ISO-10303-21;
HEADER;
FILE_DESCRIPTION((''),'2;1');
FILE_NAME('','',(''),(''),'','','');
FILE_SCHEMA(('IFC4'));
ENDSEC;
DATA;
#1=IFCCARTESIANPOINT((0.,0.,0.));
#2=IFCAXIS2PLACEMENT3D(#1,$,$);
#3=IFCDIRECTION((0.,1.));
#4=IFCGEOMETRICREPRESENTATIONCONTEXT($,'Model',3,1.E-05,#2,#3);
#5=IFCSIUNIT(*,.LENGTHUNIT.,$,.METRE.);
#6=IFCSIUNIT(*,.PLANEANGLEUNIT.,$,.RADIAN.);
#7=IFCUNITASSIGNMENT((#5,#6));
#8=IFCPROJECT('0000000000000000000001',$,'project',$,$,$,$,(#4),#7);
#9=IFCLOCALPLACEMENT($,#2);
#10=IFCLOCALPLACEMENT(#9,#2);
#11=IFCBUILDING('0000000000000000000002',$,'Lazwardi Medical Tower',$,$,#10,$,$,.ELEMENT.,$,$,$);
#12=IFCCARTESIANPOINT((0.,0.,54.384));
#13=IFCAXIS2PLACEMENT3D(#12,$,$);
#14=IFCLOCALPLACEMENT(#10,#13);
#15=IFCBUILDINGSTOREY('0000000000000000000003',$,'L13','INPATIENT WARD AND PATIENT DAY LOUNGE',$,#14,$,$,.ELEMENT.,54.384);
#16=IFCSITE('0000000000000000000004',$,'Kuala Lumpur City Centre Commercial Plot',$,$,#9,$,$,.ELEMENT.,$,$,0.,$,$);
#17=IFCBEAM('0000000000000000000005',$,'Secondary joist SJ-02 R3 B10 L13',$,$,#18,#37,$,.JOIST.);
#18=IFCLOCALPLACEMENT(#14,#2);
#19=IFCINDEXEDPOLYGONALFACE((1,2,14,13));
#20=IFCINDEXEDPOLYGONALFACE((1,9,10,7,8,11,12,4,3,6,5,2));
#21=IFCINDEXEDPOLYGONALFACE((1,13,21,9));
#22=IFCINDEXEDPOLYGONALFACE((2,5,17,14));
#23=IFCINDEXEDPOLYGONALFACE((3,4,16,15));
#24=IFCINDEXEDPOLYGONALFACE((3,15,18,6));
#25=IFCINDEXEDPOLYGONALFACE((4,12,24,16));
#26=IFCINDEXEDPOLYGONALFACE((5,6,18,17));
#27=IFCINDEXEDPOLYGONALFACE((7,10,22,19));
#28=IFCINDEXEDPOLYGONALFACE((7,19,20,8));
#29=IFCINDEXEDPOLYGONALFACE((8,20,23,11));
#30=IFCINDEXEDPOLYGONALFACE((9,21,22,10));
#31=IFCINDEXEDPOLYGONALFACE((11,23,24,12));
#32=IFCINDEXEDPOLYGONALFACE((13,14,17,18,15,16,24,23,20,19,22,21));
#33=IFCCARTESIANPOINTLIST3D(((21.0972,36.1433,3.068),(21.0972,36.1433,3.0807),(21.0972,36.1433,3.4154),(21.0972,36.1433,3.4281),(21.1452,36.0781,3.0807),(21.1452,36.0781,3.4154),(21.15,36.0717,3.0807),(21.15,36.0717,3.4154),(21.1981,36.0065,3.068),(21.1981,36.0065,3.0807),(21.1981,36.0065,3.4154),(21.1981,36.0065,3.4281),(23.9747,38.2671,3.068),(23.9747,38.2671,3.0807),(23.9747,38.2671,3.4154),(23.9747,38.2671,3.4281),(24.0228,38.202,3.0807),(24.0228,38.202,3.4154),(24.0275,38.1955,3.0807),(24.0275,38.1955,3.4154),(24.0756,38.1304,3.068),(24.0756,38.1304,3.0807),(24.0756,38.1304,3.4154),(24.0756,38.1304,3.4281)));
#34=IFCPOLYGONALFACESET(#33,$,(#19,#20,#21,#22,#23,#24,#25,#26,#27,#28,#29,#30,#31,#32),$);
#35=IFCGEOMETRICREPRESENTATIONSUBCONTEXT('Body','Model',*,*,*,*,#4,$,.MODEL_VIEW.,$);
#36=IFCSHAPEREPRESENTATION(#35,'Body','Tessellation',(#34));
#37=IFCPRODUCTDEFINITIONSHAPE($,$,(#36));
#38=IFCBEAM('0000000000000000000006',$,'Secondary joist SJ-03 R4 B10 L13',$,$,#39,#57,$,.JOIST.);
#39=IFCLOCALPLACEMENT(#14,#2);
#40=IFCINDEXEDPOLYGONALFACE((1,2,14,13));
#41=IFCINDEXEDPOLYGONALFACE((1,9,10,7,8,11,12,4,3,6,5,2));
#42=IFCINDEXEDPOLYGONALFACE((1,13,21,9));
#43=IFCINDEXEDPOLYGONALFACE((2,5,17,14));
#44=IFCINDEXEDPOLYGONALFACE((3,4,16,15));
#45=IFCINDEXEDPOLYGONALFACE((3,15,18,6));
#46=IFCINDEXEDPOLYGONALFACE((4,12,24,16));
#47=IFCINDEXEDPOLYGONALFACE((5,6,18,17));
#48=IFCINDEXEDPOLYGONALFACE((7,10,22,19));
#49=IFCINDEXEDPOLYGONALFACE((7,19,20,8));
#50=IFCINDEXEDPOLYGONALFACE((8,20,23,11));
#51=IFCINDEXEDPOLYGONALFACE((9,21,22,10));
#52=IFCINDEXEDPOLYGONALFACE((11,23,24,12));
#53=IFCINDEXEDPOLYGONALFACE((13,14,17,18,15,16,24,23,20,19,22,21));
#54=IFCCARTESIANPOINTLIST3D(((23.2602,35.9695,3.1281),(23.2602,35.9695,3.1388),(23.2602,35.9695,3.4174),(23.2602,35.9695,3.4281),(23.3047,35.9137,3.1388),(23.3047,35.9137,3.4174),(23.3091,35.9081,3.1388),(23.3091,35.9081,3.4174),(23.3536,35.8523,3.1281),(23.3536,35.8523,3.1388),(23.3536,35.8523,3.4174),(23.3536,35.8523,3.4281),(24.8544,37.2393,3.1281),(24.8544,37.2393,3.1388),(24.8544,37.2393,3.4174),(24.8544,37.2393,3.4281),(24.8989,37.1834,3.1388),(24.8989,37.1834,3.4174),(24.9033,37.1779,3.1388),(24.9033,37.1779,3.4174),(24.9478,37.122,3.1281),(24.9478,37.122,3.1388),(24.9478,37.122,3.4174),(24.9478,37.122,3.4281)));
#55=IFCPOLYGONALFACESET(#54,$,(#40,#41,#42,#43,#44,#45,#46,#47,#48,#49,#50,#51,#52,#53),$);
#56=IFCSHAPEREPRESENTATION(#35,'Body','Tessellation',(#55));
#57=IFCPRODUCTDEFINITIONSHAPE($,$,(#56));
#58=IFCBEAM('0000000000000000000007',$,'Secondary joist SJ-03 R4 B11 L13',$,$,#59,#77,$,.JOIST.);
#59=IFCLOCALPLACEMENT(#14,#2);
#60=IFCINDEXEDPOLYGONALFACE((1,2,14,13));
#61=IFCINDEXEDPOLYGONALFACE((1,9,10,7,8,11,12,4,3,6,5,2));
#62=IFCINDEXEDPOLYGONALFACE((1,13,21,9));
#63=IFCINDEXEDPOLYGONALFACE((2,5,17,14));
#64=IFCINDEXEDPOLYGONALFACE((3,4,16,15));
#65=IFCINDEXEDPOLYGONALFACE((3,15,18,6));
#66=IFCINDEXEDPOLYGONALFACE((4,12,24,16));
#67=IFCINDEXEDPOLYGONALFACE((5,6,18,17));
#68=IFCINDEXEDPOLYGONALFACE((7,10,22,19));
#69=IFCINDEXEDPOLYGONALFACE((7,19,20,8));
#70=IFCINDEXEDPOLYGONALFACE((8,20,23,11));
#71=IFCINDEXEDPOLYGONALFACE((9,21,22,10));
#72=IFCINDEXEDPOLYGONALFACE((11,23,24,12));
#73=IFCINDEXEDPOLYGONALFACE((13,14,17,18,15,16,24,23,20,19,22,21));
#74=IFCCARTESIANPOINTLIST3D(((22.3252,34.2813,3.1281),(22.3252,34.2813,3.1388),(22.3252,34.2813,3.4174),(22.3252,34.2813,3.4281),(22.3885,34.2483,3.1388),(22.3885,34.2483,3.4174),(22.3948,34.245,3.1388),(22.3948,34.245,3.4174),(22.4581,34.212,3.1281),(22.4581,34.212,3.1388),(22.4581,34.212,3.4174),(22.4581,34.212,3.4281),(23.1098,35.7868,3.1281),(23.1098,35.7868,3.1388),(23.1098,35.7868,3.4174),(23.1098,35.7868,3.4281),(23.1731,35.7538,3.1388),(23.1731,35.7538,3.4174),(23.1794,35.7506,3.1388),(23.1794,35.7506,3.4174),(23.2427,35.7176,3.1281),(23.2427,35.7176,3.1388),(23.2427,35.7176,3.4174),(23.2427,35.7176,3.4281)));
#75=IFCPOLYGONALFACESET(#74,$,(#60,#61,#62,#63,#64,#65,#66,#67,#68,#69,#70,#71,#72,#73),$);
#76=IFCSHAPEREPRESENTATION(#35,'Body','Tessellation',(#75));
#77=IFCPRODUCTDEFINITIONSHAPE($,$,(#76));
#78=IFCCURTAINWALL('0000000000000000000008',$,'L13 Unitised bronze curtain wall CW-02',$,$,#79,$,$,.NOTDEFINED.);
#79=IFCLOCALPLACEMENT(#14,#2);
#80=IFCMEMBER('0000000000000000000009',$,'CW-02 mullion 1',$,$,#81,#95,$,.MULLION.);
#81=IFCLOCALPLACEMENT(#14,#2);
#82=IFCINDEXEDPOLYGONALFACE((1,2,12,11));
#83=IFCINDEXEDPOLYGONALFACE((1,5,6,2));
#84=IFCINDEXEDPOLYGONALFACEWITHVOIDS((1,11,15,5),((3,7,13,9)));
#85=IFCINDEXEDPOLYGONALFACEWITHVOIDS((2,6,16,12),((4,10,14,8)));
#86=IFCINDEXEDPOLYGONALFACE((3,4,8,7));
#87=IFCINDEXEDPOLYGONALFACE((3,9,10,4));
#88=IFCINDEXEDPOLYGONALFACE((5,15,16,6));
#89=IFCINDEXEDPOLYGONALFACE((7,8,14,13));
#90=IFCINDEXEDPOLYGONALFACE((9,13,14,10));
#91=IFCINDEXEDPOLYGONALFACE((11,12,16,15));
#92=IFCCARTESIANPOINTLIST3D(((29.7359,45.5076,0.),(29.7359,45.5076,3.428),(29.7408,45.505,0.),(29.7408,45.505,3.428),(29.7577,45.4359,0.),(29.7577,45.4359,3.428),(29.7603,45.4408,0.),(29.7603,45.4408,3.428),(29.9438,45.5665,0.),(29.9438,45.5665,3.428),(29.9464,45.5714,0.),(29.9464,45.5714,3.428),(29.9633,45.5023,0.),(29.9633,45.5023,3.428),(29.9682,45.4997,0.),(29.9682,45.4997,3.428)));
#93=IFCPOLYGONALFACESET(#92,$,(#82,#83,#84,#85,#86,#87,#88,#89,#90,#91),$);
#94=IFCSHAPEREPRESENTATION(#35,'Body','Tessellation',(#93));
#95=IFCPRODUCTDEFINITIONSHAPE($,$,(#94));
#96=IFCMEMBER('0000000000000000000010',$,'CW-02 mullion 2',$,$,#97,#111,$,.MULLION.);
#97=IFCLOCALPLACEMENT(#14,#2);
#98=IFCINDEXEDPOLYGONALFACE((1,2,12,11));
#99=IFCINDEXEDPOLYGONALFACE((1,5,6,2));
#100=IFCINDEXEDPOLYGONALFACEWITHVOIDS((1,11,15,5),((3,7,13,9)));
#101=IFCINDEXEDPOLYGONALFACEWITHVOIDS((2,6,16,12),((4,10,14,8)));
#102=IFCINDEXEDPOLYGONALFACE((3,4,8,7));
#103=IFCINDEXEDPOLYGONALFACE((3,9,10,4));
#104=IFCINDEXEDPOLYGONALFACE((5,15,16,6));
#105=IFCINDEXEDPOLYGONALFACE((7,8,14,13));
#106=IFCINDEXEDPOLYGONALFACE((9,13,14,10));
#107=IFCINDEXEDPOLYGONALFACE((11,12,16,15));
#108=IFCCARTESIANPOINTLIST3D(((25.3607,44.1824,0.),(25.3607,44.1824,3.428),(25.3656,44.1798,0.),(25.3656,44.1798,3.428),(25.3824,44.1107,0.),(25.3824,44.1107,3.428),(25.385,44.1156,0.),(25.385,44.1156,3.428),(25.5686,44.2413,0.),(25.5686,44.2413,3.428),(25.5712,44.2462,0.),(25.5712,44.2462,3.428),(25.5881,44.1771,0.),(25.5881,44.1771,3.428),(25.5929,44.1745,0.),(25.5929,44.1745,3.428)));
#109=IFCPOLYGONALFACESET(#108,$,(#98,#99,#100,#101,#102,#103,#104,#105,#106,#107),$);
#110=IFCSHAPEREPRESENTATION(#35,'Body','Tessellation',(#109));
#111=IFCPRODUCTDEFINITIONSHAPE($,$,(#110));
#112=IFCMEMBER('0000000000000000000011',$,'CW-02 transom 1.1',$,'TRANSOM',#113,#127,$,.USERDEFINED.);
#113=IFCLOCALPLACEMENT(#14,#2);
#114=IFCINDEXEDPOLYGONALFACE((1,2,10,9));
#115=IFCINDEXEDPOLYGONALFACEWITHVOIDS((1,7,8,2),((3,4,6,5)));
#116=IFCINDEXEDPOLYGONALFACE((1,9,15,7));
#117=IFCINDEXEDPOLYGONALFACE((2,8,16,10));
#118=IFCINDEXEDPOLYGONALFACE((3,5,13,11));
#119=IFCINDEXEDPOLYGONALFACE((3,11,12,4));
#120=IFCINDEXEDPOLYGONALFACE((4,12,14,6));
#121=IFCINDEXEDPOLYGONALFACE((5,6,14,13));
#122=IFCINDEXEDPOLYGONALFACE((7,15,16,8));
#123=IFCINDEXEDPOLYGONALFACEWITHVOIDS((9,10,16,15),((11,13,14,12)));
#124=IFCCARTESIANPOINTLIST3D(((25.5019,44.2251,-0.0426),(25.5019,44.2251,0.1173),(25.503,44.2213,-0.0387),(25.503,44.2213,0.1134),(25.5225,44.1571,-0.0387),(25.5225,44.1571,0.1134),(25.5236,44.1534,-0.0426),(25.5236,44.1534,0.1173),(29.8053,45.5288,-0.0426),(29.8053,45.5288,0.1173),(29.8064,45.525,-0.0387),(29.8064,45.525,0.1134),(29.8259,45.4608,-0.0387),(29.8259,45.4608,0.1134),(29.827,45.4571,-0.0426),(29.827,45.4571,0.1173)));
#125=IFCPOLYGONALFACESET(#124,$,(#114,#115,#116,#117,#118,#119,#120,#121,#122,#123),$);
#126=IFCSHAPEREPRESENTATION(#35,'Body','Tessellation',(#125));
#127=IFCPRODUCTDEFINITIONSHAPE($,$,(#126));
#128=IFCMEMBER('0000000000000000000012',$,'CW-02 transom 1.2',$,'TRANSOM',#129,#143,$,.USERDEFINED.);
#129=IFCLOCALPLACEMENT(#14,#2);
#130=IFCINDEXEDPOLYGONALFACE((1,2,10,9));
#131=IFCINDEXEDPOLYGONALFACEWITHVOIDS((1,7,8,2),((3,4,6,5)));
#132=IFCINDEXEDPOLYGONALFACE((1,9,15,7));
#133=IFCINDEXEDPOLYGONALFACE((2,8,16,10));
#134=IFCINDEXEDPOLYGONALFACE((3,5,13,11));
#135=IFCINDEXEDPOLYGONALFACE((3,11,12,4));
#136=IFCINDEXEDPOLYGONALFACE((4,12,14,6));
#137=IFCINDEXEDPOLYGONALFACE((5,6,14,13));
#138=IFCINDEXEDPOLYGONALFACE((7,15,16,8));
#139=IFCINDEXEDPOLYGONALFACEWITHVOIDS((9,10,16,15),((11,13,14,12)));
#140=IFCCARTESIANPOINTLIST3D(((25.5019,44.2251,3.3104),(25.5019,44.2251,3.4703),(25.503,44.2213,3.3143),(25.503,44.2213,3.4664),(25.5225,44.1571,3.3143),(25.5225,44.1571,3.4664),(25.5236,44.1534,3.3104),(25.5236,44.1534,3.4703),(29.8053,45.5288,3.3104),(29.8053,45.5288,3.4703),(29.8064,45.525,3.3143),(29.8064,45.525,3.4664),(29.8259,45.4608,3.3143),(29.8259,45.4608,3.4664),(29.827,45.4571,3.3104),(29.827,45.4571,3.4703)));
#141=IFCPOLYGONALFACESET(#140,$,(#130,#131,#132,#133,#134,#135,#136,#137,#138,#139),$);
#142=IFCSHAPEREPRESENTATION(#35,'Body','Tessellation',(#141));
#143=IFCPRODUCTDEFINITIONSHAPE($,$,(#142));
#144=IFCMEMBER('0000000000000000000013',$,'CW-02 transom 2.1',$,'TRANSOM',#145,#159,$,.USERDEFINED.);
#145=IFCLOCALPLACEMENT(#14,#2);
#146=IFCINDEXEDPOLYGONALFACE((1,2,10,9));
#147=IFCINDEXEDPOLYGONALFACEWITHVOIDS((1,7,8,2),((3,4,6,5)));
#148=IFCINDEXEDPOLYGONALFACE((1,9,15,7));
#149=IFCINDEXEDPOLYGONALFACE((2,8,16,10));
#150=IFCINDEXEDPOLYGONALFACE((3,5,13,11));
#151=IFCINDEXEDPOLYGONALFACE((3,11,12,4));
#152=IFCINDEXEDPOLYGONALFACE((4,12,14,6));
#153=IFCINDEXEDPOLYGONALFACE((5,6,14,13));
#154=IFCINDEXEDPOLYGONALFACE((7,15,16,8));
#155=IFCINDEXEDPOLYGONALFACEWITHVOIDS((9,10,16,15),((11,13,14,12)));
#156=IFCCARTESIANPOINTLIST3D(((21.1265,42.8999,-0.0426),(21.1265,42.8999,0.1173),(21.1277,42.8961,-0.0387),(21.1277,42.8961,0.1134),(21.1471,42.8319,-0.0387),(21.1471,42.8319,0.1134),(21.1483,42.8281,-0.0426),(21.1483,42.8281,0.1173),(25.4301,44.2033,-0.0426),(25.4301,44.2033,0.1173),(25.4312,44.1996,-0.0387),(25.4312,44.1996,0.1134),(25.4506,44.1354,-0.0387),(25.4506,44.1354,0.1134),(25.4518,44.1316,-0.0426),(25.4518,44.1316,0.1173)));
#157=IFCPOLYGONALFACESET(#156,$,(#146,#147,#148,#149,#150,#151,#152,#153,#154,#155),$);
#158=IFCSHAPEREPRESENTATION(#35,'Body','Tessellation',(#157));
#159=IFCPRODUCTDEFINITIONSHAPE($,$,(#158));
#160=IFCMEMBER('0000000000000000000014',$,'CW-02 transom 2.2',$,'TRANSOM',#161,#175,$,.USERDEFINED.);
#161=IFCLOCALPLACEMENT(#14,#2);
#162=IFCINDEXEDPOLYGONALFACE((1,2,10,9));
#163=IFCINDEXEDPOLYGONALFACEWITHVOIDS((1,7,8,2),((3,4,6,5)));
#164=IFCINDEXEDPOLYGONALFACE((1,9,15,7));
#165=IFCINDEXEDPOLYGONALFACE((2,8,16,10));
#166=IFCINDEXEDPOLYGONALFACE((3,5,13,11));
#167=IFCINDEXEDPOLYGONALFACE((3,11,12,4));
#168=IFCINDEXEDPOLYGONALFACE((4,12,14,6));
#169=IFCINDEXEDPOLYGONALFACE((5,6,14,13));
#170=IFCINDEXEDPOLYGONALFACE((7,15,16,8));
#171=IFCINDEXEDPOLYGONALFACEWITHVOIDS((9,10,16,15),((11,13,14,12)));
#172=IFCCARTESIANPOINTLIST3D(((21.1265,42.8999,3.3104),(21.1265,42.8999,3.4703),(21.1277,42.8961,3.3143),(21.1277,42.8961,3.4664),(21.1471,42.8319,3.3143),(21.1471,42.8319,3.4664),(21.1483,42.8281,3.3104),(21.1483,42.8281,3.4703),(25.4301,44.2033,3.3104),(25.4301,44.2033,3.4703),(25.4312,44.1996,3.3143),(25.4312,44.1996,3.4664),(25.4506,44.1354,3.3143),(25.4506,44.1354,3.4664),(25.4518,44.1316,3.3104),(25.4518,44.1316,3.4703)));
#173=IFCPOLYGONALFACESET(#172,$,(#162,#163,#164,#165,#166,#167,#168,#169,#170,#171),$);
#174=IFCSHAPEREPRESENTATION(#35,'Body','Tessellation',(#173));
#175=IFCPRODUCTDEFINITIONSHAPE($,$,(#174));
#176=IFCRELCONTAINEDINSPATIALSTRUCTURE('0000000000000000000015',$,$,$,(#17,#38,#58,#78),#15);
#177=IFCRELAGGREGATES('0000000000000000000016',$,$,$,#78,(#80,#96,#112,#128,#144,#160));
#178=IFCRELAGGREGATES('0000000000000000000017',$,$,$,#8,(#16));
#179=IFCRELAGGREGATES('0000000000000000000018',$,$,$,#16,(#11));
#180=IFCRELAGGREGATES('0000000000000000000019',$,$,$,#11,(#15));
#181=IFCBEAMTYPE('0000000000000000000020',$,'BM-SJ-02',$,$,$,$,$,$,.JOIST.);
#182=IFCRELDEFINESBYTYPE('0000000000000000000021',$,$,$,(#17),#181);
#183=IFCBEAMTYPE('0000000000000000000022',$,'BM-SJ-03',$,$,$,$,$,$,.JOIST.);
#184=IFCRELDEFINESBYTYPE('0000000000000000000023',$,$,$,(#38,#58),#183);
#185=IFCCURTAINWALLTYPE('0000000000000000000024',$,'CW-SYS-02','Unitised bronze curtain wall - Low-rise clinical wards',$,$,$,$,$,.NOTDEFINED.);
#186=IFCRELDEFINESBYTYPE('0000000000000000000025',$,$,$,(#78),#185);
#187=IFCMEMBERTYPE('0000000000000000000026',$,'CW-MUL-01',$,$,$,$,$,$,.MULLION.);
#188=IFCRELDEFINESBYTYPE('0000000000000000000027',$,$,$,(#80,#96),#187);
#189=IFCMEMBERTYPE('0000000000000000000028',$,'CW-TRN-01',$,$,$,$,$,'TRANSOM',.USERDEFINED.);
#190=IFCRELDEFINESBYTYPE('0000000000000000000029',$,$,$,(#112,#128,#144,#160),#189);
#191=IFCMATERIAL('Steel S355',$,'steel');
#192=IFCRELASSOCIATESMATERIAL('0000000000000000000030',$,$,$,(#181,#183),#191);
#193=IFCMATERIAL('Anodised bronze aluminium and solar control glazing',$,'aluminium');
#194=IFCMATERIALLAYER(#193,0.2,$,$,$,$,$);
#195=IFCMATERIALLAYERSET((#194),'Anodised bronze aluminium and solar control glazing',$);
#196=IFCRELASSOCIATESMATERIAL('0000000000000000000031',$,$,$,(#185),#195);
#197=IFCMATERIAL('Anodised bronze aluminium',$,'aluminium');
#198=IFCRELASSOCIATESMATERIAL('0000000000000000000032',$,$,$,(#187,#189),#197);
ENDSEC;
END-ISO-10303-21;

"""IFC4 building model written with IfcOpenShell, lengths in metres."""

from ifc_helpers import new_model, si_unit, direction, frame, origin, origin_2d, place, context, subcontext, project, spatial, hollow_rectangle, i_section, extrude, material, layer, layer_set, material_profile, profile_set, type_object, element, aggregate, save


model = new_model("IFC4")

# Units and contexts
model_context = context("Model", 3, precision=1e-05, world=origin(), true_north=direction((0.0, 1.0)))
body_context = subcontext(model_context, "Body", "Model", "MODEL_VIEW")
ifc_project = project(units=[si_unit("LENGTHUNIT", "METRE"), si_unit("PLANEANGLEUNIT", "RADIAN")], contexts=[model_context])

# Site, building, storey
site_placement = place(None, origin())
site = spatial("IfcSite", under=ifc_project, at=site_placement, Name="Kuala Lumpur City Centre Commercial Plot", CompositionType="ELEMENT", RefElevation=0.0)
building_placement = place(site_placement, origin())
building = spatial("IfcBuilding", under=site, at=building_placement, Name="Lazwardi Medical Tower", CompositionType="ELEMENT")
storey_placement = place(building_placement, frame((0.0, 0.0, 54.384)))
storey = spatial("IfcBuildingStorey", under=building, at=storey_placement, Name="L13", Description="INPATIENT WARD AND PATIENT DAY LOUNGE", CompositionType="ELEMENT", Elevation=54.384)

# Beams
ifc_material_1 = material(Name="Steel S355", Category="steel")
ifc_material_profile_1 = material_profile(ifc_material_1, i_section(OverallWidth=0.1699, OverallDepth=0.3601, WebThickness=0.0081, FlangeThickness=0.0127, at=origin_2d()), Name="IPE 360")
ifc_profile_set_1 = profile_set([ifc_material_profile_1], Name="Steel S355")
beam_type_1 = type_object("IfcBeamType", Name="BM-SJ-02", PredefinedType="JOIST", material=ifc_profile_set_1)
beam_1_placement = place(storey_placement, frame((24.0251, 38.1987, 3.248), z_axis=(-0.80458, -0.593844, 0.0), x_axis=(0.593844, -0.80458, 0.0)))
element("IfcBeam", 1, at=beam_1_placement, inside=storey, type_object=beam_type_1, Name="Secondary joist SJ-02 R3 B10 L13", PredefinedType="JOIST", context=body_context, shape_type="SweptSolid", body=[
    extrude(i_section(OverallWidth=0.1699, OverallDepth=0.3601, WebThickness=0.0081, FlangeThickness=0.0127, at=origin_2d()), origin(), (0.0, 0.0, 1.0), 3.5764),
])
ifc_material_profile_2 = material_profile(ifc_material_1, i_section(OverallWidth=0.1499, OverallDepth=0.3, WebThickness=0.0071, FlangeThickness=0.0107, at=origin_2d()), Name="IPE 300")
ifc_profile_set_2 = profile_set([ifc_material_profile_2], Name="Steel S355")
beam_type_2 = type_object("IfcBeamType", Name="BM-SJ-03", PredefinedType="JOIST", material=ifc_profile_set_2)
beam_2_placement = place(storey_placement, frame((24.9011, 37.1807, 3.2781), z_axis=(-0.782211, -0.623014, 0.0), x_axis=(0.623014, -0.782211, 0.0)))
element("IfcBeam", 2, at=beam_2_placement, inside=storey, type_object=beam_type_2, Name="Secondary joist SJ-03 R4 B10 L13", PredefinedType="JOIST", context=body_context, shape_type="SweptSolid", body=[
    extrude(i_section(OverallWidth=0.1499, OverallDepth=0.3, WebThickness=0.0071, FlangeThickness=0.0107, at=origin_2d()), origin(), (0.0, 0.0, 1.0), 2.0381),
])
beam_3_placement = place(storey_placement, frame((23.1763, 35.7522, 3.2781), z_axis=(-0.462163, -0.886795, 0.0), x_axis=(0.886795, -0.462163, 0.0)))
element("IfcBeam", 3, at=beam_3_placement, inside=storey, type_object=beam_type_2, Name="Secondary joist SJ-03 R4 B11 L13", PredefinedType="JOIST", context=body_context, shape_type="SweptSolid", body=[
    extrude(i_section(OverallWidth=0.1499, OverallDepth=0.3, WebThickness=0.0071, FlangeThickness=0.0107, at=origin_2d()), origin(), (0.0, 0.0, 1.0), 1.6978),
])

# Curtain wall, members
ifc_material_2 = material(Name="Anodised bronze aluminium and solar control glazing", Category="aluminium")
ifc_layer_1 = layer(ifc_material_2, 0.2)
ifc_layer_set_1 = layer_set([ifc_layer_1], Name="Anodised bronze aluminium and solar control glazing")
curtain_wall_type = type_object("IfcCurtainWallType", Name="CW-SYS-02", Description="Unitised bronze curtain wall - Low-rise clinical wards", PredefinedType="NOTDEFINED", material=ifc_layer_set_1)
curtain_wall_placement = place(storey_placement, origin())
curtain_wall = element("IfcCurtainWall", 4, at=curtain_wall_placement, inside=storey, type_object=curtain_wall_type, Name="L13 Unitised bronze curtain wall CW-02", PredefinedType="NOTDEFINED")
ifc_material_3 = material(Name="Anodised bronze aluminium", Category="aluminium")
ifc_material_profile_3 = material_profile(ifc_material_3, hollow_rectangle(XDim=0.075, YDim=0.22, WallThickness=0.0039, at=origin_2d()), Name="ALU-MULLION 220x75x4")
ifc_profile_set_3 = profile_set([ifc_material_profile_3], Name="Anodised bronze aluminium")
member_type_1 = type_object("IfcMemberType", Name="CW-MUL-01", PredefinedType="MULLION", material=ifc_profile_set_3)
member_1_placement = place(storey_placement, frame((29.8521, 45.5037, 0.0), z_axis=(0.0, 0.0, 1.0), x_axis=(0.289896, -0.957058, 0.0)))
member_1 = element("IfcMember", 5, at=member_1_placement, type_object=member_type_1, Name="CW-02 mullion 1", PredefinedType="MULLION", context=body_context, shape_type="SweptSolid", body=[
    extrude(hollow_rectangle(XDim=0.075, YDim=0.22, WallThickness=0.0039, at=origin_2d()), origin(), (0.0, 0.0, 1.0), 3.428),
])
member_2_placement = place(storey_placement, frame((25.4768, 44.1785, 0.0), z_axis=(0.0, 0.0, 1.0), x_axis=(0.289896, -0.957058, 0.0)))
member_2 = element("IfcMember", 6, at=member_2_placement, type_object=member_type_1, Name="CW-02 mullion 2", PredefinedType="MULLION", context=body_context, shape_type="SweptSolid", body=[
    extrude(hollow_rectangle(XDim=0.075, YDim=0.22, WallThickness=0.0039, at=origin_2d()), origin(), (0.0, 0.0, 1.0), 3.428),
])
ifc_material_profile_4 = material_profile(ifc_material_3, hollow_rectangle(XDim=0.075, YDim=0.1599, WallThickness=0.0039, at=origin_2d()), Name="ALU-TRANSOM 160x75x4")
ifc_profile_set_4 = profile_set([ifc_material_profile_4], Name="Anodised bronze aluminium")
member_type_2 = type_object("IfcMemberType", Name="CW-TRN-01", ElementType="TRANSOM", PredefinedType="USERDEFINED", material=ifc_profile_set_4)
member_3_placement = place(storey_placement, frame((29.8162, 45.4929, 0.0374), z_axis=(-0.957047, -0.289932, 0.0), x_axis=(0.289932, -0.957047, 0.0)))
member_3 = element("IfcMember", 7, at=member_3_placement, type_object=member_type_2, Name="CW-02 transom 1.1", ObjectType="TRANSOM", PredefinedType="USERDEFINED", context=body_context, shape_type="SweptSolid", body=[
    extrude(hollow_rectangle(XDim=0.075, YDim=0.1599, WallThickness=0.0039, at=origin_2d()), origin(), (0.0, 0.0, 1.0), 4.4966),
])
member_4_placement = place(storey_placement, frame((29.8162, 45.4929, 3.3904), z_axis=(-0.957047, -0.289932, 0.0), x_axis=(0.289932, -0.957047, 0.0)))
member_4 = element("IfcMember", 8, at=member_4_placement, type_object=member_type_2, Name="CW-02 transom 1.2", ObjectType="TRANSOM", PredefinedType="USERDEFINED", context=body_context, shape_type="SweptSolid", body=[
    extrude(hollow_rectangle(XDim=0.075, YDim=0.1599, WallThickness=0.0039, at=origin_2d()), origin(), (0.0, 0.0, 1.0), 4.4966),
])
member_5_placement = place(storey_placement, frame((25.4409, 44.1675, 0.0374), z_axis=(-0.957062, -0.289882, 0.0), x_axis=(0.289882, -0.957062, 0.0)))
member_5 = element("IfcMember", 9, at=member_5_placement, type_object=member_type_2, Name="CW-02 transom 2.1", ObjectType="TRANSOM", PredefinedType="USERDEFINED", context=body_context, shape_type="SweptSolid", body=[
    extrude(hollow_rectangle(XDim=0.075, YDim=0.1599, WallThickness=0.0039, at=origin_2d()), origin(), (0.0, 0.0, 1.0), 4.4966),
])
member_6_placement = place(storey_placement, frame((25.4409, 44.1675, 3.3904), z_axis=(-0.957062, -0.289882, 0.0), x_axis=(0.289882, -0.957062, 0.0)))
member_6 = element("IfcMember", 10, at=member_6_placement, type_object=member_type_2, Name="CW-02 transom 2.2", ObjectType="TRANSOM", PredefinedType="USERDEFINED", context=body_context, shape_type="SweptSolid", body=[
    extrude(hollow_rectangle(XDim=0.075, YDim=0.1599, WallThickness=0.0039, at=origin_2d()), origin(), (0.0, 0.0, 1.0), 4.4966),
])
aggregate(curtain_wall, [member_1, member_2, member_3, member_4, member_5, member_6])

save(model, "model.ifc")
